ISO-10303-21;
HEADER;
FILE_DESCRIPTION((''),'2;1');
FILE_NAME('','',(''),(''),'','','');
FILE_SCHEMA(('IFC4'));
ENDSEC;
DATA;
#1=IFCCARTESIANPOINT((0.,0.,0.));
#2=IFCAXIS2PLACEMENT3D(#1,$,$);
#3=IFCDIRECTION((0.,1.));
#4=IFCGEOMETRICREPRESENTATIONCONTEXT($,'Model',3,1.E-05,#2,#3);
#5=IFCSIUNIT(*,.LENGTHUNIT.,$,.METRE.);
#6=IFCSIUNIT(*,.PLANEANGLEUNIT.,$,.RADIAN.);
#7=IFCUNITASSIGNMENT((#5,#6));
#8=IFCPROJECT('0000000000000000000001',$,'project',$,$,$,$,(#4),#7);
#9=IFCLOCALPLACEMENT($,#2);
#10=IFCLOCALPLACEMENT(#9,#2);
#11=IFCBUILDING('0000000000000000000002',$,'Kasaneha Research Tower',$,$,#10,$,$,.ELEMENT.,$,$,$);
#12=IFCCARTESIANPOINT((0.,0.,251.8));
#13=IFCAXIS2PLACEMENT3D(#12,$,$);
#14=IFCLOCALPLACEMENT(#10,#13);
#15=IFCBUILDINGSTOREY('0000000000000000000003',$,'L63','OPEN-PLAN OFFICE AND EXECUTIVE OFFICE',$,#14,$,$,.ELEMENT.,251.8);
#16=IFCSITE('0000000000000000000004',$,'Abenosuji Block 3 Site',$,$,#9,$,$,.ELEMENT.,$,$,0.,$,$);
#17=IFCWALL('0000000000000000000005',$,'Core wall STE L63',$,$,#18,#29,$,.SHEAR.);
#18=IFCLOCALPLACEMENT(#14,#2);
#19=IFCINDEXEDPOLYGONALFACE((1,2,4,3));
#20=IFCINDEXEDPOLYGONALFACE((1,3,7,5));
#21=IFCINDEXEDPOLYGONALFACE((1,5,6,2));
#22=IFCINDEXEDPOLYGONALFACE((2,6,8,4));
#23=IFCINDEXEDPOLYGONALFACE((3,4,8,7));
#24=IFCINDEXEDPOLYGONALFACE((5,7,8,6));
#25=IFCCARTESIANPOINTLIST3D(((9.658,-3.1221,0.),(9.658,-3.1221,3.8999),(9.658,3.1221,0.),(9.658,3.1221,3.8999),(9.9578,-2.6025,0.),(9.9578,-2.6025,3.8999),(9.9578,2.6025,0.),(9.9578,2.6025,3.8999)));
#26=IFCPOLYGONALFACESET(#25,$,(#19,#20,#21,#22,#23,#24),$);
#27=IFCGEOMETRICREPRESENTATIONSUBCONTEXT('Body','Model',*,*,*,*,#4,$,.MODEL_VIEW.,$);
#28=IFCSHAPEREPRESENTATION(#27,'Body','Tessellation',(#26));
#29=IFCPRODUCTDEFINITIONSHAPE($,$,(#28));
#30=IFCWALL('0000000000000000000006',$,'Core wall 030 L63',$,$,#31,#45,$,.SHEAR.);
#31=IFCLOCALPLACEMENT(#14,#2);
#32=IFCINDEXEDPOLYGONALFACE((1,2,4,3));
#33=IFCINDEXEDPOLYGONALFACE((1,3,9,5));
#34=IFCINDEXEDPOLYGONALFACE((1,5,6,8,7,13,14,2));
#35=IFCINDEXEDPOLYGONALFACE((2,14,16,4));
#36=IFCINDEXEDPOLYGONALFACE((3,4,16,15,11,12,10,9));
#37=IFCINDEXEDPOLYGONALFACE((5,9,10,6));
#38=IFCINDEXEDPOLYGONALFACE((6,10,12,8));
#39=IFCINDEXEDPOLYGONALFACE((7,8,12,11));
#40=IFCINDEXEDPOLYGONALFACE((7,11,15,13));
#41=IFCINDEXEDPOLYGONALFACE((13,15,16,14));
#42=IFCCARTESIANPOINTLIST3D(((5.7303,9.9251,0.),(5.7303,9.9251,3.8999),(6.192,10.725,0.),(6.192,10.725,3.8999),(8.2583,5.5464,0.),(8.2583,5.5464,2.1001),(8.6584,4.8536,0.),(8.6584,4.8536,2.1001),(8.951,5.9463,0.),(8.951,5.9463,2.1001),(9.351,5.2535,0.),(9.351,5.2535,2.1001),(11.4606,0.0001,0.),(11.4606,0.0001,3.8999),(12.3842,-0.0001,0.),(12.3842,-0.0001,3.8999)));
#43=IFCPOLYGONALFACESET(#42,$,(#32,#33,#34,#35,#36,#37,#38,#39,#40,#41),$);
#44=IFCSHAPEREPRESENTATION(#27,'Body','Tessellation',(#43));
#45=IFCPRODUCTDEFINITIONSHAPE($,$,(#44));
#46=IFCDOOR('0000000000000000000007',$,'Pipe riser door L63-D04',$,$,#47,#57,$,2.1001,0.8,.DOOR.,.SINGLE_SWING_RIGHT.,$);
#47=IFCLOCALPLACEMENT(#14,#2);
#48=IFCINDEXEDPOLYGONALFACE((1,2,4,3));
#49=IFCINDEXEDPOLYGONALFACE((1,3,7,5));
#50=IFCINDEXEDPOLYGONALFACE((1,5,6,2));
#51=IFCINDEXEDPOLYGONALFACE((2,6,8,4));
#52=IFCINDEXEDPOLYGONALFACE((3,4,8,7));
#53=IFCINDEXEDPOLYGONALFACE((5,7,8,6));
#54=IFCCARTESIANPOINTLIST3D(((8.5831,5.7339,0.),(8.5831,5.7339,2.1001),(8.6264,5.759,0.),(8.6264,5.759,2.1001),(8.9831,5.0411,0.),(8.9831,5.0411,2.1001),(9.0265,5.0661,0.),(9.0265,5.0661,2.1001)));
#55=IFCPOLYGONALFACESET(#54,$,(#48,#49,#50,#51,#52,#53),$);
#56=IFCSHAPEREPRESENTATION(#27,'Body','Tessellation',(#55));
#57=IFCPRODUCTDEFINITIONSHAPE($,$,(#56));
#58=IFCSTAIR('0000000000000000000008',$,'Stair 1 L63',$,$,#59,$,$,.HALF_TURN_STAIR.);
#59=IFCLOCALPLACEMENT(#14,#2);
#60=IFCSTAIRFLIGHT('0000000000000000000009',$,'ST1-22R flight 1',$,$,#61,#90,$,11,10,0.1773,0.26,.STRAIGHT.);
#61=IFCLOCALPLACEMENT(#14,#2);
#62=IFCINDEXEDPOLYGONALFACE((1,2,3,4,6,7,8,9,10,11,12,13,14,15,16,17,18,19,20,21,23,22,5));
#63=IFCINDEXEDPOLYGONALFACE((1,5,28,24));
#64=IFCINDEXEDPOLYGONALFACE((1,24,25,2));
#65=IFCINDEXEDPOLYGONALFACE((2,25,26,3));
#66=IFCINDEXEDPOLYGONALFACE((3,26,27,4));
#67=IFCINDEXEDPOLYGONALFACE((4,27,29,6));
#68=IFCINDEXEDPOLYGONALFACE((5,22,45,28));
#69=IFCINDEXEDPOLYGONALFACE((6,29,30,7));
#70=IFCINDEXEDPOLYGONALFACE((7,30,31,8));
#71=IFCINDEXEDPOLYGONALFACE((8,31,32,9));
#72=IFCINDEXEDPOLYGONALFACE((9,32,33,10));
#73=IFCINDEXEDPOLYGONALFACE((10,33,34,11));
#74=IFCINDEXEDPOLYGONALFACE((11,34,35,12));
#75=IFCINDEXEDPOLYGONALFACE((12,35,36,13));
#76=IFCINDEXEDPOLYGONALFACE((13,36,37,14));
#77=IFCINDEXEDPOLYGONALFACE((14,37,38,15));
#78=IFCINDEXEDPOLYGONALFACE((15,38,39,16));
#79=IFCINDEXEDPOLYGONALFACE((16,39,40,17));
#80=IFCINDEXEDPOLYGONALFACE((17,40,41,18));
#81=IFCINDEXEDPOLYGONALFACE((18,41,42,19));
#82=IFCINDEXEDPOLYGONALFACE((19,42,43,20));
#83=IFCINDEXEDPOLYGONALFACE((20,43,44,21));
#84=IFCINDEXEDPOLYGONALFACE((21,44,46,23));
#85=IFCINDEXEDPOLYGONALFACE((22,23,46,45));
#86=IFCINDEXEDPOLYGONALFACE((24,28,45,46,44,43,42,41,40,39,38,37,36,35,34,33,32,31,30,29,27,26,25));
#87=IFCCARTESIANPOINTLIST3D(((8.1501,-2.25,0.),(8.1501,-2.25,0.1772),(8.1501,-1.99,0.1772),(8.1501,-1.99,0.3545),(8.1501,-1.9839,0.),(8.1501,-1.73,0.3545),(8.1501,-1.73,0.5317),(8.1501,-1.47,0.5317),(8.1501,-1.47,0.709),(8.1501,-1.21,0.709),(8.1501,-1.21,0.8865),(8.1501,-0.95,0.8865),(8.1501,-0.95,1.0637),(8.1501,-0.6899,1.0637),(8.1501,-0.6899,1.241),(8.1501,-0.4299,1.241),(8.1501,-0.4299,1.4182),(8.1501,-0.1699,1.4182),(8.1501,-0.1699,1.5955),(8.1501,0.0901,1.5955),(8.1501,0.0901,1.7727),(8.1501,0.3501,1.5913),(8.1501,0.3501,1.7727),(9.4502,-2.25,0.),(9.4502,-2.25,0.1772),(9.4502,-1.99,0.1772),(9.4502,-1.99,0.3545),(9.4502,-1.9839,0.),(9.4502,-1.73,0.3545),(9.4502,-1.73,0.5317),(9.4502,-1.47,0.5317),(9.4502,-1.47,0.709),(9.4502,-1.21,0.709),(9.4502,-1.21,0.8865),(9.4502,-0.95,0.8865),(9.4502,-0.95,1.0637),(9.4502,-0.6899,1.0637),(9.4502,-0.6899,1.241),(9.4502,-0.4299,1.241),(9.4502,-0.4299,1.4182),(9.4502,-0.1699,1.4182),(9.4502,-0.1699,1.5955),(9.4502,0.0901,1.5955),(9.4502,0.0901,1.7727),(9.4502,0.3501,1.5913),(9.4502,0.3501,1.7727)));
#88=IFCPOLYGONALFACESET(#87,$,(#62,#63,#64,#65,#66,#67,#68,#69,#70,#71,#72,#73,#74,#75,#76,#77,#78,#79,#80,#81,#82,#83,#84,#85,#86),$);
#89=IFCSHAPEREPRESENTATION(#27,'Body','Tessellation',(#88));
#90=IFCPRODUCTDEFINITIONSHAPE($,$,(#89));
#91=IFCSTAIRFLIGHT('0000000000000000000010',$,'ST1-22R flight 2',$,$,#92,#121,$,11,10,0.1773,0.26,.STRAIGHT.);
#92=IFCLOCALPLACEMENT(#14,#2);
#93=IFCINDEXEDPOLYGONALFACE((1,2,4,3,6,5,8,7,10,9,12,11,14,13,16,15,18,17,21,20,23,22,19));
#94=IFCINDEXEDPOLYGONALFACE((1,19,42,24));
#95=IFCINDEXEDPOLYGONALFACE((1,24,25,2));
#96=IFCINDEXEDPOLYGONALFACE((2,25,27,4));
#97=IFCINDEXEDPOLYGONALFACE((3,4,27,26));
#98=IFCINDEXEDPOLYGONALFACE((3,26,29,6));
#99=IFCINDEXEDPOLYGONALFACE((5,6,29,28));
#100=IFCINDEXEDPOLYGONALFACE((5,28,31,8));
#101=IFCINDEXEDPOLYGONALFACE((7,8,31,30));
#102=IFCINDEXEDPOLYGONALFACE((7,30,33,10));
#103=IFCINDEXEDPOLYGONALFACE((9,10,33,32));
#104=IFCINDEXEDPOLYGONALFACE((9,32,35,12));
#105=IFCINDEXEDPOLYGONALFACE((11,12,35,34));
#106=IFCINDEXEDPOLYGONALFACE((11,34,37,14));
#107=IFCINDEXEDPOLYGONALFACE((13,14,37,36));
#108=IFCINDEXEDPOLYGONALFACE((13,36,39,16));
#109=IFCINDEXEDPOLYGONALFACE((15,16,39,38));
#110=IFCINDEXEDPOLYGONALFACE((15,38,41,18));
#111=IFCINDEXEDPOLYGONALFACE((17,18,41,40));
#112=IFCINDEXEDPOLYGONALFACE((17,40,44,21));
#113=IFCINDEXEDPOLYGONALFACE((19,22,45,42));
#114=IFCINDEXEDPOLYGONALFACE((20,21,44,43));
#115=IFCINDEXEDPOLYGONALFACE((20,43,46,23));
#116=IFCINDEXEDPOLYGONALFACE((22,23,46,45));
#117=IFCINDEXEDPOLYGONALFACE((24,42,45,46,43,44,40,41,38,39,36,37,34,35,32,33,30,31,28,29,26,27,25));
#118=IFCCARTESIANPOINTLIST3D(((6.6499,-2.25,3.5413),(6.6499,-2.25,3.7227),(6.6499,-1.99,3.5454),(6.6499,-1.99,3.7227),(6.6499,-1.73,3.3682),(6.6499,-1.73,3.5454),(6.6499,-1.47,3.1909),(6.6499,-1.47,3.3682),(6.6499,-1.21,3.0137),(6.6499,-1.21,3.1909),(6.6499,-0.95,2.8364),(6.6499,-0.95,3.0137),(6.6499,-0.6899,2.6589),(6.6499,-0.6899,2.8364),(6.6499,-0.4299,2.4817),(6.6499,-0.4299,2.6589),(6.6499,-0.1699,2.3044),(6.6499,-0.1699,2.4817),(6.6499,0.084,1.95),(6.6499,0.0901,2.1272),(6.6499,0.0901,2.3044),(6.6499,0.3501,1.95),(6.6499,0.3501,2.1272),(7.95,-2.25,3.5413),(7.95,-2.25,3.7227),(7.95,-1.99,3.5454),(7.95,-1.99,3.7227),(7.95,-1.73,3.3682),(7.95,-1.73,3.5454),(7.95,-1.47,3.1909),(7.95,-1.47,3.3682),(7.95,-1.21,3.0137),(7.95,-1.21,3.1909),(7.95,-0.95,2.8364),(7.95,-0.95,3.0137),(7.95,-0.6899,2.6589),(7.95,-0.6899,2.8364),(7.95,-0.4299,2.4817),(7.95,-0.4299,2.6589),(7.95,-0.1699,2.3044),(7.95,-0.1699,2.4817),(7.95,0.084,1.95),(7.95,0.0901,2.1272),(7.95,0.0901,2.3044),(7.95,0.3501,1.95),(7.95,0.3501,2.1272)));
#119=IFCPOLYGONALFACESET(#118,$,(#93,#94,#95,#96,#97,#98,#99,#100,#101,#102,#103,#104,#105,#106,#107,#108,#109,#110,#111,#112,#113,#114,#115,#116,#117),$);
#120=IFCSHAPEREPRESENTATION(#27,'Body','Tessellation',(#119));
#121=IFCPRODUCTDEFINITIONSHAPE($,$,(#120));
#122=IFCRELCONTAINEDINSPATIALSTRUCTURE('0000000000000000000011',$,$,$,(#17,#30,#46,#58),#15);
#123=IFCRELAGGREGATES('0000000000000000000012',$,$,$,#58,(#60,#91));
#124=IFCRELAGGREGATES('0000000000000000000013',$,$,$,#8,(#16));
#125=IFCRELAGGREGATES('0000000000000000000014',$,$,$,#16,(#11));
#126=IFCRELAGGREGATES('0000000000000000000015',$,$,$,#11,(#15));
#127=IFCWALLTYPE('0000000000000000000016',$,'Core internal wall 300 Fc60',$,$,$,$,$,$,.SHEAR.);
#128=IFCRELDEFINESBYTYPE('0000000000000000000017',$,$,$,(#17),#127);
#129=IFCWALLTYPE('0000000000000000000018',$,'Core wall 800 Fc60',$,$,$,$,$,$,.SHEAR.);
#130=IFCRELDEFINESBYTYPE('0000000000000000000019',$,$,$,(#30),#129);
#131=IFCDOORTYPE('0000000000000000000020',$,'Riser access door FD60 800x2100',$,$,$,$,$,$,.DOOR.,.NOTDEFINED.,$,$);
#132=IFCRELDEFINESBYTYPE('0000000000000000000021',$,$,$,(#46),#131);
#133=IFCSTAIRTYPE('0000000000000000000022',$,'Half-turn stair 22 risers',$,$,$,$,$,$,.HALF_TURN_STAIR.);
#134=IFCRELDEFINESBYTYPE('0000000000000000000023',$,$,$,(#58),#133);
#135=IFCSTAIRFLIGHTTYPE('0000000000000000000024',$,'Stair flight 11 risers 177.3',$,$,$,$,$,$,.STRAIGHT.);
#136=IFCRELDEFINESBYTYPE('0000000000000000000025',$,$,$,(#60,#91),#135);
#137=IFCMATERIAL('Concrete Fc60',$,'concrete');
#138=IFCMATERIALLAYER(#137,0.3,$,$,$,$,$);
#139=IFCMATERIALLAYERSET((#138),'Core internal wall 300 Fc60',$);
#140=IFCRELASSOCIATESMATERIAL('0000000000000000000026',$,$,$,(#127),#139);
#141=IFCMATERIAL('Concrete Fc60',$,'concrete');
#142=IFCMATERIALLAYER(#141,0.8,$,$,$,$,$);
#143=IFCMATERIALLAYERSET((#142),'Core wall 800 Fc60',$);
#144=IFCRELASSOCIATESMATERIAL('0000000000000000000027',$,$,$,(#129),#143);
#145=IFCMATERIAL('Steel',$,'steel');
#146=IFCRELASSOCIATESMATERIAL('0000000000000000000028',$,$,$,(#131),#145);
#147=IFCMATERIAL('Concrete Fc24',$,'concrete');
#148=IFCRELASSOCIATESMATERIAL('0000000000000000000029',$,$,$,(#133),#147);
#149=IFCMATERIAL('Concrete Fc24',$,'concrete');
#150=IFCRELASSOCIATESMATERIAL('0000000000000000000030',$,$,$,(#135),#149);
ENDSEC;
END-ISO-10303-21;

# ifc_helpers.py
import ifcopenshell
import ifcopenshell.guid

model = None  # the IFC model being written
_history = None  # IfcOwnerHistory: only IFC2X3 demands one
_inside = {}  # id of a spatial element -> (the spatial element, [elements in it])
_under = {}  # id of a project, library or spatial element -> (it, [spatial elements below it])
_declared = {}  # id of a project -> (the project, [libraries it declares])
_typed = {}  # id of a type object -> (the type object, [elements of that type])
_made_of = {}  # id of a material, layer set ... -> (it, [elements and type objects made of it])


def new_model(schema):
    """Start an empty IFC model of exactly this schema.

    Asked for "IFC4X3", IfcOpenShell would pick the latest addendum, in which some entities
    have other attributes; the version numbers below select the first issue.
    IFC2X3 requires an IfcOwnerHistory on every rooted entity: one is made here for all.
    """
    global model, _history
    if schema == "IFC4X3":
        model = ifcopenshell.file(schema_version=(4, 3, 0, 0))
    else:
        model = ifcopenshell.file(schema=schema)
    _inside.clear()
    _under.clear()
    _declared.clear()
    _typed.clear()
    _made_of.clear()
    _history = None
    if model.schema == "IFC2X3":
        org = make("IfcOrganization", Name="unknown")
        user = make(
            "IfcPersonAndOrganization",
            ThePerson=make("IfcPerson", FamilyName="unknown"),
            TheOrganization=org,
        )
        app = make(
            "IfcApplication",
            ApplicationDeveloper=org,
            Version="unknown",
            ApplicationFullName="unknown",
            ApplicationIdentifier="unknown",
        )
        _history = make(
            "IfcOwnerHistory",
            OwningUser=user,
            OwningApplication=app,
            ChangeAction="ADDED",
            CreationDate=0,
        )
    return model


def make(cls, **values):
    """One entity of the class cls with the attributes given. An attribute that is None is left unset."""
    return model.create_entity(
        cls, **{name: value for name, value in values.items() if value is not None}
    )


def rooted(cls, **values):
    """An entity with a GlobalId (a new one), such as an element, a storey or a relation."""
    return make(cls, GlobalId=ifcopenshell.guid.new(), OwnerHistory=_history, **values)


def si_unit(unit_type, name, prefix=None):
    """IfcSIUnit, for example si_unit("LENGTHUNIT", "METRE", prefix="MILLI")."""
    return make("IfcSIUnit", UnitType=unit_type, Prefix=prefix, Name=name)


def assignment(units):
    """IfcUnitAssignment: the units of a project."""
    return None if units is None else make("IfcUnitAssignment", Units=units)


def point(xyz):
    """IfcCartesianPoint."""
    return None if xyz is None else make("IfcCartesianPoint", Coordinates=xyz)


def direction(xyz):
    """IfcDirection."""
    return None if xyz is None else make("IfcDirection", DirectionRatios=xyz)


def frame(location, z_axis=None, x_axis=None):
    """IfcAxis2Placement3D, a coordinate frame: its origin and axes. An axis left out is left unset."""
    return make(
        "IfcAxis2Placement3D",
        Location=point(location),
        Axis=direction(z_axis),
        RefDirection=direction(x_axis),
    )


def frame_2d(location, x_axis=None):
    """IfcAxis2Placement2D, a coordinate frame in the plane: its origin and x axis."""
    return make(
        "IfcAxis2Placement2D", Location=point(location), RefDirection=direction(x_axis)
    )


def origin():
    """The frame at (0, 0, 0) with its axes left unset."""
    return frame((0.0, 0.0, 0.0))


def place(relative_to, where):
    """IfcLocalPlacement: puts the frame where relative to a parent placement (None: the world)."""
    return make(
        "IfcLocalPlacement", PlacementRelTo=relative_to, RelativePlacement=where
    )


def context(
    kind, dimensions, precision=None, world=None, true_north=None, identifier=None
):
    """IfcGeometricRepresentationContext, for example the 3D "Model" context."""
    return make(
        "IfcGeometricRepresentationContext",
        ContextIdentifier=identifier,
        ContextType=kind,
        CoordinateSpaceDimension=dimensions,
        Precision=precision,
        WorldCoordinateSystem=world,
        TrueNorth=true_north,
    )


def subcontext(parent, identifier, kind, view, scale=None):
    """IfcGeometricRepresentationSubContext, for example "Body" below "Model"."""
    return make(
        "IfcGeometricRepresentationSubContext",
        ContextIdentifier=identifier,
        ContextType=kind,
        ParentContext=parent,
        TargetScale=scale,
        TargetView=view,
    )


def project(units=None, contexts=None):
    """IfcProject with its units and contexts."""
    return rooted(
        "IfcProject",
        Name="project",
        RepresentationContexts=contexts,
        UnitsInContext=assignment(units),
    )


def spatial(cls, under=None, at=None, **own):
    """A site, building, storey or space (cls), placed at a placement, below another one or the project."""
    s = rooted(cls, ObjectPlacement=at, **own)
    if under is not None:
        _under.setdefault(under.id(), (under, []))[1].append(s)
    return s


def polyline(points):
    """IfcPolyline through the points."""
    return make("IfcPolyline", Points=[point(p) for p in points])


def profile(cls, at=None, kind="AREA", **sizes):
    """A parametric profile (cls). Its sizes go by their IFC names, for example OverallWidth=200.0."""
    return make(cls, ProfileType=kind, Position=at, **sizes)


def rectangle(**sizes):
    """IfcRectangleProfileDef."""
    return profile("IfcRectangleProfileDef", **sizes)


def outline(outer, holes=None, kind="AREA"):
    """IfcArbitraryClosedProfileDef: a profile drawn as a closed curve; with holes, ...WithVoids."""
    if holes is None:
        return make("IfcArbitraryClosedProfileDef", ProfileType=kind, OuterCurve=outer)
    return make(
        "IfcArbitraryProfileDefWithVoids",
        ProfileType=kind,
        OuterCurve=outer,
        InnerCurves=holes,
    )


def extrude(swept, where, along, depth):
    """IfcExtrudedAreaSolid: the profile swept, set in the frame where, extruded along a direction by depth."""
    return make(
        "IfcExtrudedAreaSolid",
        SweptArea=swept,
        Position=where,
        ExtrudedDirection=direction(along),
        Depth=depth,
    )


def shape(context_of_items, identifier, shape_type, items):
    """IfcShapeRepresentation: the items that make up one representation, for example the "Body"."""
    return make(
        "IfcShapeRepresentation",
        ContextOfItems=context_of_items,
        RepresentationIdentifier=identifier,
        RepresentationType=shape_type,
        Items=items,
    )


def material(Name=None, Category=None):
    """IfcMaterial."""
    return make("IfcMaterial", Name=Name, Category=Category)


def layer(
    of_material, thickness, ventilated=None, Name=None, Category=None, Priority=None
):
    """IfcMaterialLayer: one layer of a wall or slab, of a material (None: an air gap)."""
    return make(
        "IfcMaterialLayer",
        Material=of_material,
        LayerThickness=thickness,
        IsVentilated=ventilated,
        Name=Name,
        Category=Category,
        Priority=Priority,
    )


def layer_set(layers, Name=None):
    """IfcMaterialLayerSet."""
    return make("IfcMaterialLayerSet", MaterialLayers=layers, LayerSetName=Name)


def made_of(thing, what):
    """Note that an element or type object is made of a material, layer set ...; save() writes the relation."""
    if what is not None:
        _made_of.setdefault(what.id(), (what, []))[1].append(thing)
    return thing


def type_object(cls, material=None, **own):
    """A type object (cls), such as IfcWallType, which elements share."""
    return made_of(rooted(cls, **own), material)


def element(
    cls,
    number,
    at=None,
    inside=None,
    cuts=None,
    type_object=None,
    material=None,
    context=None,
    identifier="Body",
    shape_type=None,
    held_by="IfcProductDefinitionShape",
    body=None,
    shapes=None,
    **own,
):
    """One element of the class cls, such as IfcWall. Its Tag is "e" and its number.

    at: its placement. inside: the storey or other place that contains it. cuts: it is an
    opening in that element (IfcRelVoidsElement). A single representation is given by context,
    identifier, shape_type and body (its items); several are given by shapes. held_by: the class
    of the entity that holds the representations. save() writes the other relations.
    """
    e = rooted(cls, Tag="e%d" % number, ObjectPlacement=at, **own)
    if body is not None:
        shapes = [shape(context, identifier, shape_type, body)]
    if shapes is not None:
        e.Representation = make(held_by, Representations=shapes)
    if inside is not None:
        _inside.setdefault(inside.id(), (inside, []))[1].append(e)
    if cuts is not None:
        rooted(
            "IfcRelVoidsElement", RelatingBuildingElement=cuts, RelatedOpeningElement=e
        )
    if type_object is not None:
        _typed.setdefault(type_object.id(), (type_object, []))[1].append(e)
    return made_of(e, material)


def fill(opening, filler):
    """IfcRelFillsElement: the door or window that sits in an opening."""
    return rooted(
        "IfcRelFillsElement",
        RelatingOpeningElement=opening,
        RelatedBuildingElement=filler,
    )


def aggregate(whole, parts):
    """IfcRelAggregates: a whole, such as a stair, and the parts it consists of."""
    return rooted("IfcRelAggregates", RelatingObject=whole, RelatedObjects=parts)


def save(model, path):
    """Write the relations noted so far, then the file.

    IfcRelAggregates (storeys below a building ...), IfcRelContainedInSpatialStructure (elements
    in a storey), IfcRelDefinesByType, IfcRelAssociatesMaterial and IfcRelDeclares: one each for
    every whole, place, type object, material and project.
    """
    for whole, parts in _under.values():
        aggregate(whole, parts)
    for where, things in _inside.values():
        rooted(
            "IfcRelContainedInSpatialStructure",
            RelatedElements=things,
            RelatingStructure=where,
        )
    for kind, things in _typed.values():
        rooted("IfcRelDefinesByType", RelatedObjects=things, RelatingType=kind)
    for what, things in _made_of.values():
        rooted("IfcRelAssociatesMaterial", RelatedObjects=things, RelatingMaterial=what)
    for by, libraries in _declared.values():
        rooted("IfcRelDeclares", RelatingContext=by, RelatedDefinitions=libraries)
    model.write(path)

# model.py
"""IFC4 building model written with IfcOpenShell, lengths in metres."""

from ifc_helpers import new_model, si_unit, direction, frame, frame_2d, origin, place, context, subcontext, project, spatial, polyline, rectangle, outline, extrude, material, layer, layer_set, type_object, element, fill, aggregate, save


model = new_model("IFC4")

# Units and contexts
model_context = context("Model", 3, precision=1e-05, world=origin(), true_north=direction((0.0, 1.0)))
body_context = subcontext(model_context, "Body", "Model", "MODEL_VIEW")
ifc_project = project(units=[si_unit("LENGTHUNIT", "METRE"), si_unit("PLANEANGLEUNIT", "RADIAN")], contexts=[model_context])

# Site, building, storey
site_placement = place(None, origin())
site = spatial("IfcSite", under=ifc_project, at=site_placement, Name="Abenosuji Block 3 Site", CompositionType="ELEMENT", RefElevation=0.0)
building_placement = place(site_placement, origin())
building = spatial("IfcBuilding", under=site, at=building_placement, Name="Kasaneha Research Tower", CompositionType="ELEMENT")
storey_placement = place(building_placement, frame((0.0, 0.0, 251.8)))
storey = spatial("IfcBuildingStorey", under=building, at=storey_placement, Name="L63", Description="OPEN-PLAN OFFICE AND EXECUTIVE OFFICE", CompositionType="ELEMENT", Elevation=251.8)

# Shared definitions
ifc_material_1 = material(Name="Concrete Fc60", Category="concrete")
ifc_layer_1 = layer(ifc_material_1, 0.3)
ifc_layer_set_1 = layer_set([ifc_layer_1], Name="Core internal wall 300 Fc60")
wall_type_1 = type_object("IfcWallType", Name="Core internal wall 300 Fc60", PredefinedType="SHEAR", material=ifc_layer_set_1)

# Wall
wall_1_placement = place(storey_placement, frame((9.8079, -2.8623, 0.0), z_axis=(0.0, 0.0, 1.0), x_axis=(0.0, 1.0, 0.0)))
element("IfcWall", 1, at=wall_1_placement, inside=storey, type_object=wall_type_1, Name="Core wall STE L63", PredefinedType="SHEAR", context=body_context, shape_type="SweptSolid", body=[
    extrude(outline(polyline([(0.2598, -0.1499), (5.4648, -0.1499), (5.9844, 0.1499), (-0.2598, 0.1499), (0.2598, -0.1499)])), origin(), (0.0, 0.0, 1.0), 3.8999),
])

# Wall, opening, door
ifc_material_2 = material(Name="Concrete Fc60", Category="concrete")
ifc_layer_2 = layer(ifc_material_2, 0.8)
ifc_layer_set_2 = layer_set([ifc_layer_2], Name="Core wall 800 Fc60")
wall_type_2 = type_object("IfcWallType", Name="Core wall 800 Fc60", PredefinedType="SHEAR", material=ifc_layer_set_2)
wall_2_placement = place(storey_placement, frame((11.9224, 0.0, 0.0), z_axis=(0.0, 0.0, 1.0), x_axis=(-0.500004, 0.866023, 0.0)))
wall_2 = element("IfcWall", 2, at=wall_2_placement, inside=storey, type_object=wall_type_2, Name="Core wall 030 L63", PredefinedType="SHEAR", context=body_context, shape_type="SweptSolid", body=[
    extrude(outline(polyline([(-0.231, -0.3999), (5.8354, -0.3999), (6.6355, -0.3999), (12.1533, -0.3999), (11.6914, 0.3999), (6.6355, 0.3999), (5.8354, 0.3999), (0.231, 0.3999), (-0.231, -0.3999)])), origin(), (0.0, 0.0, 1.0), 3.8999),
])
opening_1_placement = place(wall_2_placement, frame((5.8354, 0.0, 0.0)))
opening_1 = element("IfcOpeningElement", 3, at=opening_1_placement, cuts=wall_2, PredefinedType="OPENING", context=body_context, shape_type="SweptSolid", body=[
    extrude(rectangle(XDim=0.8, YDim=2.1001, at=frame_2d((0.3999, 1.05))), frame((0.0, 0.4102, 0.0), z_axis=(0.0, -1.0, 0.0), x_axis=(1.0, 0.0, 0.0)), (0.0, 0.0, 1.0), 0.8201),
])
ifc_material_3 = material(Name="Steel", Category="steel")
door_type_1 = type_object("IfcDoorType", Name="Riser access door FD60 800x2100", OperationType="NOTDEFINED", PredefinedType="DOOR", material=ifc_material_3)
door_1_placement = place(opening_1_placement, origin())
door_1 = element("IfcDoor", 4, at=door_1_placement, inside=storey, type_object=door_type_1, Name="Pipe riser door L63-D04", OperationType="SINGLE_SWING_RIGHT", OverallHeight=2.1001, OverallWidth=0.8, PredefinedType="DOOR", context=body_context, shape_type="SweptSolid", body=[
    extrude(rectangle(XDim=0.8, YDim=2.1001, at=frame_2d((0.3999, 1.05))), frame((0.0, 0.0249, 0.0), z_axis=(0.0, -1.0, 0.0), x_axis=(1.0, 0.0, 0.0)), (0.0, 0.0, 1.0), 0.05),
])
fill(opening_1, door_1)

# Stair, stair flights
ifc_material_4 = material(Name="Concrete Fc24", Category="concrete")
stair_type = type_object("IfcStairType", Name="Half-turn stair 22 risers", PredefinedType="HALF_TURN_STAIR", material=ifc_material_4)
stair_placement = place(storey_placement, origin())
stair = element("IfcStair", 5, at=stair_placement, inside=storey, type_object=stair_type, Name="Stair 1 L63", PredefinedType="HALF_TURN_STAIR")
ifc_material_5 = material(Name="Concrete Fc24", Category="concrete")
stair_flight_type = type_object("IfcStairFlightType", Name="Stair flight 11 risers 177.3", PredefinedType="STRAIGHT", material=ifc_material_5)
stair_flight_1_placement = place(storey_placement, frame((8.8, -2.25, 0.0), z_axis=(0.0, 0.0, 1.0), x_axis=(0.0, 1.0, 0.0)))
stair_flight_1 = element("IfcStairFlight", 6, at=stair_flight_1_placement, type_object=stair_flight_type, Name="ST1-22R flight 1", NumberOfRisers=11, NumberOfTreads=10, PredefinedType="STRAIGHT", RiserHeight=0.1773, TreadLength=0.26, context=body_context, shape_type="SweptSolid", body=[
    extrude(outline(polyline([(0.0, 0.0), (0.0, 0.1772), (0.26, 0.1772), (0.26, 0.3545), (0.52, 0.3545), (0.52, 0.5317), (0.78, 0.5317), (0.78, 0.709), (1.04, 0.709), (1.04, 0.8865), (1.3, 0.8865), (1.3, 1.0637), (1.5601, 1.0637), (1.5601, 1.241), (1.8201, 1.241), (1.8201, 1.4182), (2.0801, 1.4182), (2.0801, 1.5955), (2.3401, 1.5955), (2.3401, 1.7727), (2.6001, 1.7727), (2.6001, 1.95), (2.6001, 1.5913), (0.2661, 0.0), (0.0, 0.0)])), frame((0.0, 0.6499, 0.0), z_axis=(0.0, -1.0, 0.0), x_axis=(1.0, 0.0, 0.0)), (0.0, 0.0, 1.0), 1.3),
])
stair_flight_2_placement = place(storey_placement, frame((7.3, 0.3501, 1.95), z_axis=(0.0, 0.0, 1.0), x_axis=(0.0, -1.0, 0.0)))
stair_flight_2 = element("IfcStairFlight", 7, at=stair_flight_2_placement, type_object=stair_flight_type, Name="ST1-22R flight 2", NumberOfRisers=11, NumberOfTreads=10, PredefinedType="STRAIGHT", RiserHeight=0.1773, TreadLength=0.26, context=body_context, shape_type="SweptSolid", body=[
    extrude(outline(polyline([(0.0, 0.0), (0.0, 0.1772), (0.26, 0.1772), (0.26, 0.3545), (0.52, 0.3545), (0.52, 0.5317), (0.78, 0.5317), (0.78, 0.709), (1.04, 0.709), (1.04, 0.8865), (1.3, 0.8865), (1.3, 1.0637), (1.5601, 1.0637), (1.5601, 1.241), (1.8201, 1.241), (1.8201, 1.4182), (2.0801, 1.4182), (2.0801, 1.5955), (2.3401, 1.5955), (2.3401, 1.7727), (2.6001, 1.7727), (2.6001, 1.95), (2.6001, 1.5913), (0.2661, 0.0), (0.0, 0.0)])), frame((0.0, 0.6499, 0.0), z_axis=(0.0, -1.0, 0.0), x_axis=(1.0, 0.0, 0.0)), (0.0, 0.0, 1.0), 1.3),
])
aggregate(stair, [stair_flight_1, stair_flight_2])

save(model, "model.ifc")
